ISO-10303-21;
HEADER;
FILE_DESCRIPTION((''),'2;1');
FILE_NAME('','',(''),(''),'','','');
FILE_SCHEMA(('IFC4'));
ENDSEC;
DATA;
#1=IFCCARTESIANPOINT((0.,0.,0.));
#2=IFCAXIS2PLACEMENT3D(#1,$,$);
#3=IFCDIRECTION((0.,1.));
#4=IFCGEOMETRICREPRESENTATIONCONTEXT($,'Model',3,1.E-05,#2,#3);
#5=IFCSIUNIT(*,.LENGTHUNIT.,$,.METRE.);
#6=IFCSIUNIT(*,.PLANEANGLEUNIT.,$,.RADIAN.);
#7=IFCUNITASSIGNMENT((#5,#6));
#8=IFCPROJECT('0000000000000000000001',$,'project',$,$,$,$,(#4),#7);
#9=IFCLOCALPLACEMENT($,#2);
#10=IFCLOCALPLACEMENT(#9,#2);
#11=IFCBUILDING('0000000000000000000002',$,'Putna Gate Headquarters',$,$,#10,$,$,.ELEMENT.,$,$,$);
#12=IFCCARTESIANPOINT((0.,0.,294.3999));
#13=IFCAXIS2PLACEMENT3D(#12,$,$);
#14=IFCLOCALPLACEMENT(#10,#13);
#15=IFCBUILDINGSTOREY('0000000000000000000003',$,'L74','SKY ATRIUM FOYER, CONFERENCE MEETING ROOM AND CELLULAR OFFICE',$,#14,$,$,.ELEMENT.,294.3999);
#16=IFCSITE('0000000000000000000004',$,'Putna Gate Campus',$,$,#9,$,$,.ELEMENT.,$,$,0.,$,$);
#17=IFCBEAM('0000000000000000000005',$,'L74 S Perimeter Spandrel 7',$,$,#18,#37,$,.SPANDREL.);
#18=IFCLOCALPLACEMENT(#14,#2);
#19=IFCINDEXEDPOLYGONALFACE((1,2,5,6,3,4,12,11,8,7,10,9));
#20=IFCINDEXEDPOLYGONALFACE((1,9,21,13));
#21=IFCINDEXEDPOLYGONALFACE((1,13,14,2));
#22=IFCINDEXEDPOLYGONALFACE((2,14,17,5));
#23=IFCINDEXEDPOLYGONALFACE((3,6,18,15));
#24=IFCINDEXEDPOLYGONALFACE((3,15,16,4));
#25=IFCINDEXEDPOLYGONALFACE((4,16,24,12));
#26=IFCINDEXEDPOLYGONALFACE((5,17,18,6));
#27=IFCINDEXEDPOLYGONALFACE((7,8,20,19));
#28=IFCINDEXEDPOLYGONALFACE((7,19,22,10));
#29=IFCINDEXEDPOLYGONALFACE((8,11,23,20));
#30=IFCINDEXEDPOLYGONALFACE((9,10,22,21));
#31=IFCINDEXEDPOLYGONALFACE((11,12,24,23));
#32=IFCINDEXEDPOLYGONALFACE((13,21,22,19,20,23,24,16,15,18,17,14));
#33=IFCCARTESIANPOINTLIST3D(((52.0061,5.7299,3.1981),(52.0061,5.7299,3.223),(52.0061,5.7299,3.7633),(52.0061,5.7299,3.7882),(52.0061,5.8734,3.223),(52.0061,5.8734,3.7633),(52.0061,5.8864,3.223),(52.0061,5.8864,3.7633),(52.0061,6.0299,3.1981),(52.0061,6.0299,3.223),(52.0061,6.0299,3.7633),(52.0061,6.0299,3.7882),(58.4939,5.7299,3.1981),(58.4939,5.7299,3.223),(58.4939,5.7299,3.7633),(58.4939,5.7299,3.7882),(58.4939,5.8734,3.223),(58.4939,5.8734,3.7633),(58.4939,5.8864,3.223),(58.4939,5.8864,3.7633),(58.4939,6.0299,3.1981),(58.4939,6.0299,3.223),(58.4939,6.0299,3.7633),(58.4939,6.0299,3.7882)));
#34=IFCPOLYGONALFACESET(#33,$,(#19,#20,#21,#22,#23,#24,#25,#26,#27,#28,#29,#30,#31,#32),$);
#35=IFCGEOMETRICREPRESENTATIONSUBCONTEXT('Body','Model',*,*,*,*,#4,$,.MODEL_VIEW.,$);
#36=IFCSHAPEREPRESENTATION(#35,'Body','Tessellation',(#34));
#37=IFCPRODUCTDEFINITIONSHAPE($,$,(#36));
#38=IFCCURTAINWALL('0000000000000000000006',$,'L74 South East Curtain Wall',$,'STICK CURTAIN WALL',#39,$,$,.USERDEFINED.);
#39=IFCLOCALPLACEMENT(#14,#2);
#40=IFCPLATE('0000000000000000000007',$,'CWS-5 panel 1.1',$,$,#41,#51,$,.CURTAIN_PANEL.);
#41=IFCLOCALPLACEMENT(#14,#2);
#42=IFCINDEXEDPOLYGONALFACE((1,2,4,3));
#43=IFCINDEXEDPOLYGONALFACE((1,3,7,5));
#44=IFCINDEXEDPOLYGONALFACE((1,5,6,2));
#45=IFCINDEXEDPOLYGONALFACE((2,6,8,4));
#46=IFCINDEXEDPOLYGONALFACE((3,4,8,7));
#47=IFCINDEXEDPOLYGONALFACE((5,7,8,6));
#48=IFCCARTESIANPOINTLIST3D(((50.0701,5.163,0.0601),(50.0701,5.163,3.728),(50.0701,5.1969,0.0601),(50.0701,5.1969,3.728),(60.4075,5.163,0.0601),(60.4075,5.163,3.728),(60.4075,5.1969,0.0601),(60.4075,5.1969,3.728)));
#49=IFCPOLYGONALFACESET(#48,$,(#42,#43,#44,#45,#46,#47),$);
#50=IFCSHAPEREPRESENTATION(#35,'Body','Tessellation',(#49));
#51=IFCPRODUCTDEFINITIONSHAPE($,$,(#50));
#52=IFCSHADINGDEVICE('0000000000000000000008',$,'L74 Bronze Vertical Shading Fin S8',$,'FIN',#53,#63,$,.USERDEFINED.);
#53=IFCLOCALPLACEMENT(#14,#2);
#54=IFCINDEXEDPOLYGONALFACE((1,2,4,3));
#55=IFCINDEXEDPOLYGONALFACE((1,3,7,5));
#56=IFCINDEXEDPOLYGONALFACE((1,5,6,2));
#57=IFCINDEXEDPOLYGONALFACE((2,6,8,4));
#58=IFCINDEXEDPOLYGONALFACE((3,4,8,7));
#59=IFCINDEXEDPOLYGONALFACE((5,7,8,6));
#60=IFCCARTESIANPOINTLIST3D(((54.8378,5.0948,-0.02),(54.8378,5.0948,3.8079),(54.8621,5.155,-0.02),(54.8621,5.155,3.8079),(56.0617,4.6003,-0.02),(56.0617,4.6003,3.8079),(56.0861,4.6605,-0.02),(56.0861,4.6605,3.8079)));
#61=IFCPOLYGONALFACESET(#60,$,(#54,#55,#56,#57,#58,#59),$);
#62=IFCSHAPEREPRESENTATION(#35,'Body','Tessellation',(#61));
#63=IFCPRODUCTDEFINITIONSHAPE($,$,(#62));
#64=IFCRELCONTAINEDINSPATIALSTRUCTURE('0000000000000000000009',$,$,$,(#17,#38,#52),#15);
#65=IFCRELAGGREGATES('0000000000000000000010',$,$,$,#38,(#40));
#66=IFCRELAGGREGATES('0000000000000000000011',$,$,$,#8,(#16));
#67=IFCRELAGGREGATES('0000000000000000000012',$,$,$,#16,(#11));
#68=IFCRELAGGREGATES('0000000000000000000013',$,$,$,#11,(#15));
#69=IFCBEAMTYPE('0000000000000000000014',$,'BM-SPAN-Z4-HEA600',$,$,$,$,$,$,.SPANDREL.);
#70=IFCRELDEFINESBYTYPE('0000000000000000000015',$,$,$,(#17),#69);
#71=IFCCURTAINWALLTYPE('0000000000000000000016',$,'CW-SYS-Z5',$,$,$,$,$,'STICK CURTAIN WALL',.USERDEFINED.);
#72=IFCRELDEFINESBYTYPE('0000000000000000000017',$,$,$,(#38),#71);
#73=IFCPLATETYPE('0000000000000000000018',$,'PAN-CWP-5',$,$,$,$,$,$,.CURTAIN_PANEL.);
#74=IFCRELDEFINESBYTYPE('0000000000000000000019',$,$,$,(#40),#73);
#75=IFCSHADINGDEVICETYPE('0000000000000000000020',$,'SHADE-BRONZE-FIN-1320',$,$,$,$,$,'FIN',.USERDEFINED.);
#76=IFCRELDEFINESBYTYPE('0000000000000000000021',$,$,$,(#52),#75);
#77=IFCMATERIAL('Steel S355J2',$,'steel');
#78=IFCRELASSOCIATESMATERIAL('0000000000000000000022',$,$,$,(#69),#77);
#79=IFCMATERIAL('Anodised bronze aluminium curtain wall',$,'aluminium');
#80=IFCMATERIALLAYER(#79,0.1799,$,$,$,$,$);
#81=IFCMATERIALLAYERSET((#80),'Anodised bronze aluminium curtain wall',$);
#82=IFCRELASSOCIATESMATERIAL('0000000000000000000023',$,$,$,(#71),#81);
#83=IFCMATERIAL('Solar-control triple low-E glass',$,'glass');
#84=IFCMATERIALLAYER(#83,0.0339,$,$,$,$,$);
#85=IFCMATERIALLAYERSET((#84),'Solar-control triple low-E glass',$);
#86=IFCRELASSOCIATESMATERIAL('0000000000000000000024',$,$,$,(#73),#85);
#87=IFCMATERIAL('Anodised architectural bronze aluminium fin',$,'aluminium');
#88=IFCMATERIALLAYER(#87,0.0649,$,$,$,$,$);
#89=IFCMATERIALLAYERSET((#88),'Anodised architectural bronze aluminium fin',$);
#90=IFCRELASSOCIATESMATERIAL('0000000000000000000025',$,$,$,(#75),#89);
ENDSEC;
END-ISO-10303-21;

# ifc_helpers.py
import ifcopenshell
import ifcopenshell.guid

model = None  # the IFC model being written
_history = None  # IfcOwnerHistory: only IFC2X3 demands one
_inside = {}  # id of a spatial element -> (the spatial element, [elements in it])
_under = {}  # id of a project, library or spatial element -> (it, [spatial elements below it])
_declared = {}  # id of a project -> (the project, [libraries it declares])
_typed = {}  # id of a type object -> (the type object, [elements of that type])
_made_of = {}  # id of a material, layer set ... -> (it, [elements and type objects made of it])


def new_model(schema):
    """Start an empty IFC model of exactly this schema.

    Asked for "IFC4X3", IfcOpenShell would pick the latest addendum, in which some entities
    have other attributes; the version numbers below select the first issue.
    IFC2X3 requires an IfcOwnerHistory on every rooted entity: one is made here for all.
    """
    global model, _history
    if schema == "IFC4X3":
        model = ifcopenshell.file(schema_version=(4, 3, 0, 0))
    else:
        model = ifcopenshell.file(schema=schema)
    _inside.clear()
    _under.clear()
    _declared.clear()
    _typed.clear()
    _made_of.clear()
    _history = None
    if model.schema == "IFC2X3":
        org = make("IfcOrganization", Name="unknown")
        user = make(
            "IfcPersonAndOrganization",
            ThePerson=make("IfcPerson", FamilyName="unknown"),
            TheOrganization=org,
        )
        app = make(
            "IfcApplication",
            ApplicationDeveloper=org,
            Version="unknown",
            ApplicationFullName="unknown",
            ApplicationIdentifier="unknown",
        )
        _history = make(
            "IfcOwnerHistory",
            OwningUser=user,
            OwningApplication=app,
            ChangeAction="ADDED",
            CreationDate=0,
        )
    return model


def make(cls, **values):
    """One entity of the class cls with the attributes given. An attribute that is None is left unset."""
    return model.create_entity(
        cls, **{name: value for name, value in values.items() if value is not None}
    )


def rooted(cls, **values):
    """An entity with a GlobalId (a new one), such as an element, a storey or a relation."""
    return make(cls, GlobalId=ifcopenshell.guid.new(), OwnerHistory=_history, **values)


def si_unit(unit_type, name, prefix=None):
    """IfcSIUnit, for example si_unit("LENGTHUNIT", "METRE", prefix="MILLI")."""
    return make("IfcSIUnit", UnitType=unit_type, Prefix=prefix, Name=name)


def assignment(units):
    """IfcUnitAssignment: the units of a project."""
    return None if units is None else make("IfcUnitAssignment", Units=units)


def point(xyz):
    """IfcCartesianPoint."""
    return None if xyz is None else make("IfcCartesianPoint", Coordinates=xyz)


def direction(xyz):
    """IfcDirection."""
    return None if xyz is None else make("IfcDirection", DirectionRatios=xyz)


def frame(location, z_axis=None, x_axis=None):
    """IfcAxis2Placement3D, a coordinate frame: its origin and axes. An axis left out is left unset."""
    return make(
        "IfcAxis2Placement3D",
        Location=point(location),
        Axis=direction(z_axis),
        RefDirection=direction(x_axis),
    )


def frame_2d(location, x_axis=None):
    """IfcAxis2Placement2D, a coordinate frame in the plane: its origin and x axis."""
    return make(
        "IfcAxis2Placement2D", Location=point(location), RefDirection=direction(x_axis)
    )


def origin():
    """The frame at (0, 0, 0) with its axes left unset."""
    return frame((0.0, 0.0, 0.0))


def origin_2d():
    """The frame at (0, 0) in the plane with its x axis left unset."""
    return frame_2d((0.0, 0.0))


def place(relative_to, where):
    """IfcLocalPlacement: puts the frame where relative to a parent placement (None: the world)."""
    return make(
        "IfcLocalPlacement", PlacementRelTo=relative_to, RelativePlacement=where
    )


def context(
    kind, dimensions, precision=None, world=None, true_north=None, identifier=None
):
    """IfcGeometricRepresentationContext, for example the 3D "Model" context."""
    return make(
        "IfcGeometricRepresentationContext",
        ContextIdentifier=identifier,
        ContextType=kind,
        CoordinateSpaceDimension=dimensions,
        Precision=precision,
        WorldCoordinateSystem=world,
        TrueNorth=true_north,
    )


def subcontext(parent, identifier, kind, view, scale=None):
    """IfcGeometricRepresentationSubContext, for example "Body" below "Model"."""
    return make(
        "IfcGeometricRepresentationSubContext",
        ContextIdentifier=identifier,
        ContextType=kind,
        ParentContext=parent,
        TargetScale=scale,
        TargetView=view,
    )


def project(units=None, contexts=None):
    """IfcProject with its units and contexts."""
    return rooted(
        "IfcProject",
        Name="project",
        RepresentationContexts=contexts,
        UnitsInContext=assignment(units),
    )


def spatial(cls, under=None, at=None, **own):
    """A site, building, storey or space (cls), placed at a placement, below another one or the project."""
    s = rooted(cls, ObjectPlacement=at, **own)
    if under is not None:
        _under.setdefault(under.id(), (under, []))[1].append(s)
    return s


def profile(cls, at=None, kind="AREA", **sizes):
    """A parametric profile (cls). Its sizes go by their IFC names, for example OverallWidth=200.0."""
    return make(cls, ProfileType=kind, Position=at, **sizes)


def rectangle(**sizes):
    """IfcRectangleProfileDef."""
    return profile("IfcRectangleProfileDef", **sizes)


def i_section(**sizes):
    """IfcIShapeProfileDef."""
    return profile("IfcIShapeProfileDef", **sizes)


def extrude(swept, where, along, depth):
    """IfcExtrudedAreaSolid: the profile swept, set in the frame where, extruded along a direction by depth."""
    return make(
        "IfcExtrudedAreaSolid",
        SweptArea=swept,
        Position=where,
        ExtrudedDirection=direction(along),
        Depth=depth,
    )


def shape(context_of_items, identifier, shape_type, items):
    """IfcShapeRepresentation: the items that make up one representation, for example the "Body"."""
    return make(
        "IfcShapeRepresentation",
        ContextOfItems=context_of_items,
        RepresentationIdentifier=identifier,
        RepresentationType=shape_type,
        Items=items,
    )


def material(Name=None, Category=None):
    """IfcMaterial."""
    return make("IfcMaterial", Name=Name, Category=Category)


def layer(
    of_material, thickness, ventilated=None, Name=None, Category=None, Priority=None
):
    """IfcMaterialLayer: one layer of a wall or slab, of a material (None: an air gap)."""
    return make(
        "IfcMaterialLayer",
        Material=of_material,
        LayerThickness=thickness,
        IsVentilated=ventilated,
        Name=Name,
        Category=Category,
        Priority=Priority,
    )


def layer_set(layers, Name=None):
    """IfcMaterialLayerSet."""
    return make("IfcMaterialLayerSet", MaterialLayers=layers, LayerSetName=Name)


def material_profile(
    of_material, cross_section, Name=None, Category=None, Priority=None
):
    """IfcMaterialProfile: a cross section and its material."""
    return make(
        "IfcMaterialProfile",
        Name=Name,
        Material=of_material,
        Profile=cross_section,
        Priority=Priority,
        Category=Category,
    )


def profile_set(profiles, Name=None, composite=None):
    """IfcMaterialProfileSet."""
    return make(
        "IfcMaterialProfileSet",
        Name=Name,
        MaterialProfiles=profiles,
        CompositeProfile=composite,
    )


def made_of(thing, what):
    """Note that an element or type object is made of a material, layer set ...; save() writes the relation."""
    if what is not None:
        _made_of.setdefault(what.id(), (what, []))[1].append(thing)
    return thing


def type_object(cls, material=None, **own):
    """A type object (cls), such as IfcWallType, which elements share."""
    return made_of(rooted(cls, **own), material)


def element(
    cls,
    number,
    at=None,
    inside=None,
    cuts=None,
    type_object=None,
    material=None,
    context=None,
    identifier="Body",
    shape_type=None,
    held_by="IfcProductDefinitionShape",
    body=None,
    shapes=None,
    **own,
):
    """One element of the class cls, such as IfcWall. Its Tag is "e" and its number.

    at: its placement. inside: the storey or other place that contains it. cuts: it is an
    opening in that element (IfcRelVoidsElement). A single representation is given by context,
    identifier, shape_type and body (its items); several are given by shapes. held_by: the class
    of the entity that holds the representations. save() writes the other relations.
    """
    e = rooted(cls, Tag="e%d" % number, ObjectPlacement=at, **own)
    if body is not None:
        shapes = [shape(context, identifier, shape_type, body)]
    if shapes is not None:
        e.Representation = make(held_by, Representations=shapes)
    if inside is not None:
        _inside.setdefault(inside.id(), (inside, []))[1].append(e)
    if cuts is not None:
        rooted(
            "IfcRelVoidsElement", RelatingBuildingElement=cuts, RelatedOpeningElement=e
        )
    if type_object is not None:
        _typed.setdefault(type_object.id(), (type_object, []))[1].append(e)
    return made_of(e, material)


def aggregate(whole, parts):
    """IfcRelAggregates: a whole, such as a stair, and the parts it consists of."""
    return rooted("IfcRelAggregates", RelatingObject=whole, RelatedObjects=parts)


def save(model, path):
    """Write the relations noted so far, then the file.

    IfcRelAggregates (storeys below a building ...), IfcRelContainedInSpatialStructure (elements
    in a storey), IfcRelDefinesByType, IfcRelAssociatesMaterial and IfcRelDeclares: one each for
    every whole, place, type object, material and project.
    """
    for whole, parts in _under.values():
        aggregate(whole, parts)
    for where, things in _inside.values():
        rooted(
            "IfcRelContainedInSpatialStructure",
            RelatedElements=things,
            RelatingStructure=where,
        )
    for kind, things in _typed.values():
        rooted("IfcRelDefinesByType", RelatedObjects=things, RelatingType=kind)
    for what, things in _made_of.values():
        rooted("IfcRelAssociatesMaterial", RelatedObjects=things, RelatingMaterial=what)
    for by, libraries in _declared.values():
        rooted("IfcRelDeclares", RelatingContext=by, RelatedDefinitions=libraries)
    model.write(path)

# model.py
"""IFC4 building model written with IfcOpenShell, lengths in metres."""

from ifc_helpers import new_model, si_unit, direction, frame, origin, origin_2d, place, context, subcontext, project, spatial, rectangle, i_section, extrude, material, layer, layer_set, material_profile, profile_set, type_object, element, aggregate, save


model = new_model("IFC4")

# Units and contexts
model_context = context("Model", 3, precision=1e-05, world=origin(), true_north=direction((0.0, 1.0)))
body_context = subcontext(model_context, "Body", "Model", "MODEL_VIEW")
ifc_project = project(units=[si_unit("LENGTHUNIT", "METRE"), si_unit("PLANEANGLEUNIT", "RADIAN")], contexts=[model_context])

# Site, building, storey
site_placement = place(None, origin())
site = spatial("IfcSite", under=ifc_project, at=site_placement, Name="Putna Gate Campus", CompositionType="ELEMENT", RefElevation=0.0)
building_placement = place(site_placement, origin())
building = spatial("IfcBuilding", under=site, at=building_placement, Name="Putna Gate Headquarters", CompositionType="ELEMENT")
storey_placement = place(building_placement, frame((0.0, 0.0, 294.3999)))
storey = spatial("IfcBuildingStorey", under=building, at=storey_placement, Name="L74", Description="SKY ATRIUM FOYER, CONFERENCE MEETING ROOM AND CELLULAR OFFICE", CompositionType="ELEMENT", Elevation=294.3999)

# Beam
ifc_material_1 = material(Name="Steel S355J2", Category="steel")
ifc_material_profile_1 = material_profile(ifc_material_1, i_section(OverallWidth=0.3, OverallDepth=0.5901, WebThickness=0.0129, FlangeThickness=0.0249, at=origin_2d()), Name="Steel S355J2")
ifc_profile_set_1 = profile_set([ifc_material_profile_1], Name="Steel S355J2")
beam_type_1 = type_object("IfcBeamType", Name="BM-SPAN-Z4-HEA600", PredefinedType="SPANDREL", material=ifc_profile_set_1)
beam_1_placement = place(storey_placement, frame((52.0061, 5.8799, 3.4932), z_axis=(1.0, 0.0, 0.0), x_axis=(0.0, 1.0, 0.0)))
element("IfcBeam", 1, at=beam_1_placement, inside=storey, type_object=beam_type_1, Name="L74 S Perimeter Spandrel 7", PredefinedType="SPANDREL", context=body_context, shape_type="SweptSolid", body=[
    extrude(i_section(OverallWidth=0.3, OverallDepth=0.5901, WebThickness=0.0129, FlangeThickness=0.0249, at=origin_2d()), origin(), (0.0, 0.0, 1.0), 6.4878),
])

# Curtain wall, plate
ifc_material_2 = material(Name="Anodised bronze aluminium curtain wall", Category="aluminium")
ifc_layer_1 = layer(ifc_material_2, 0.1799)
ifc_layer_set_1 = layer_set([ifc_layer_1], Name="Anodised bronze aluminium curtain wall")
curtain_wall_type = type_object("IfcCurtainWallType", Name="CW-SYS-Z5", ElementType="STICK CURTAIN WALL", PredefinedType="USERDEFINED", material=ifc_layer_set_1)
curtain_wall_placement = place(storey_placement, origin())
curtain_wall = element("IfcCurtainWall", 2, at=curtain_wall_placement, inside=storey, type_object=curtain_wall_type, Name="L74 South East Curtain Wall", ObjectType="STICK CURTAIN WALL", PredefinedType="USERDEFINED")
ifc_material_3 = material(Name="Solar-control triple low-E glass", Category="glass")
ifc_layer_2 = layer(ifc_material_3, 0.0339)
ifc_layer_set_2 = layer_set([ifc_layer_2], Name="Solar-control triple low-E glass")
plate_type = type_object("IfcPlateType", Name="PAN-CWP-5", PredefinedType="CURTAIN_PANEL", material=ifc_layer_set_2)
plate_placement = place(storey_placement, frame((55.2388, 5.1799, 0.0601), z_axis=(0.0, 0.0, 1.0), x_axis=(1.0, 0.0, 0.0)))
plate = element("IfcPlate", 3, at=plate_placement, type_object=plate_type, Name="CWS-5 panel 1.1", PredefinedType="CURTAIN_PANEL", context=body_context, shape_type="SweptSolid", body=[
    extrude(rectangle(XDim=10.3374, YDim=0.0339, at=origin_2d()), origin(), (0.0, 0.0, 1.0), 3.668),
])
aggregate(curtain_wall, [plate])

# Shading device
ifc_material_4 = material(Name="Anodised architectural bronze aluminium fin", Category="aluminium")
ifc_layer_3 = layer(ifc_material_4, 0.0649)
ifc_layer_set_3 = layer_set([ifc_layer_3], Name="Anodised architectural bronze aluminium fin")
shading_device_type = type_object("IfcShadingDeviceType", Name="SHADE-BRONZE-FIN-1320", ElementType="FIN", PredefinedType="USERDEFINED", material=ifc_layer_set_3)
shading_device_placement = place(storey_placement, frame((55.4619, 4.8777, -0.02), z_axis=(0.0, 0.0, 1.0), x_axis=(0.927184, -0.374607, 0.0)))
element("IfcShadingDevice", 4, at=shading_device_placement, inside=storey, type_object=shading_device_type, Name="L74 Bronze Vertical Shading Fin S8", ObjectType="FIN", PredefinedType="USERDEFINED", context=body_context, shape_type="SweptSolid", body=[
    extrude(rectangle(XDim=1.3201, YDim=0.0649, at=origin_2d()), origin(), (0.0, 0.0, 1.0), 3.8279),
])

save(model, "model.ifc")
